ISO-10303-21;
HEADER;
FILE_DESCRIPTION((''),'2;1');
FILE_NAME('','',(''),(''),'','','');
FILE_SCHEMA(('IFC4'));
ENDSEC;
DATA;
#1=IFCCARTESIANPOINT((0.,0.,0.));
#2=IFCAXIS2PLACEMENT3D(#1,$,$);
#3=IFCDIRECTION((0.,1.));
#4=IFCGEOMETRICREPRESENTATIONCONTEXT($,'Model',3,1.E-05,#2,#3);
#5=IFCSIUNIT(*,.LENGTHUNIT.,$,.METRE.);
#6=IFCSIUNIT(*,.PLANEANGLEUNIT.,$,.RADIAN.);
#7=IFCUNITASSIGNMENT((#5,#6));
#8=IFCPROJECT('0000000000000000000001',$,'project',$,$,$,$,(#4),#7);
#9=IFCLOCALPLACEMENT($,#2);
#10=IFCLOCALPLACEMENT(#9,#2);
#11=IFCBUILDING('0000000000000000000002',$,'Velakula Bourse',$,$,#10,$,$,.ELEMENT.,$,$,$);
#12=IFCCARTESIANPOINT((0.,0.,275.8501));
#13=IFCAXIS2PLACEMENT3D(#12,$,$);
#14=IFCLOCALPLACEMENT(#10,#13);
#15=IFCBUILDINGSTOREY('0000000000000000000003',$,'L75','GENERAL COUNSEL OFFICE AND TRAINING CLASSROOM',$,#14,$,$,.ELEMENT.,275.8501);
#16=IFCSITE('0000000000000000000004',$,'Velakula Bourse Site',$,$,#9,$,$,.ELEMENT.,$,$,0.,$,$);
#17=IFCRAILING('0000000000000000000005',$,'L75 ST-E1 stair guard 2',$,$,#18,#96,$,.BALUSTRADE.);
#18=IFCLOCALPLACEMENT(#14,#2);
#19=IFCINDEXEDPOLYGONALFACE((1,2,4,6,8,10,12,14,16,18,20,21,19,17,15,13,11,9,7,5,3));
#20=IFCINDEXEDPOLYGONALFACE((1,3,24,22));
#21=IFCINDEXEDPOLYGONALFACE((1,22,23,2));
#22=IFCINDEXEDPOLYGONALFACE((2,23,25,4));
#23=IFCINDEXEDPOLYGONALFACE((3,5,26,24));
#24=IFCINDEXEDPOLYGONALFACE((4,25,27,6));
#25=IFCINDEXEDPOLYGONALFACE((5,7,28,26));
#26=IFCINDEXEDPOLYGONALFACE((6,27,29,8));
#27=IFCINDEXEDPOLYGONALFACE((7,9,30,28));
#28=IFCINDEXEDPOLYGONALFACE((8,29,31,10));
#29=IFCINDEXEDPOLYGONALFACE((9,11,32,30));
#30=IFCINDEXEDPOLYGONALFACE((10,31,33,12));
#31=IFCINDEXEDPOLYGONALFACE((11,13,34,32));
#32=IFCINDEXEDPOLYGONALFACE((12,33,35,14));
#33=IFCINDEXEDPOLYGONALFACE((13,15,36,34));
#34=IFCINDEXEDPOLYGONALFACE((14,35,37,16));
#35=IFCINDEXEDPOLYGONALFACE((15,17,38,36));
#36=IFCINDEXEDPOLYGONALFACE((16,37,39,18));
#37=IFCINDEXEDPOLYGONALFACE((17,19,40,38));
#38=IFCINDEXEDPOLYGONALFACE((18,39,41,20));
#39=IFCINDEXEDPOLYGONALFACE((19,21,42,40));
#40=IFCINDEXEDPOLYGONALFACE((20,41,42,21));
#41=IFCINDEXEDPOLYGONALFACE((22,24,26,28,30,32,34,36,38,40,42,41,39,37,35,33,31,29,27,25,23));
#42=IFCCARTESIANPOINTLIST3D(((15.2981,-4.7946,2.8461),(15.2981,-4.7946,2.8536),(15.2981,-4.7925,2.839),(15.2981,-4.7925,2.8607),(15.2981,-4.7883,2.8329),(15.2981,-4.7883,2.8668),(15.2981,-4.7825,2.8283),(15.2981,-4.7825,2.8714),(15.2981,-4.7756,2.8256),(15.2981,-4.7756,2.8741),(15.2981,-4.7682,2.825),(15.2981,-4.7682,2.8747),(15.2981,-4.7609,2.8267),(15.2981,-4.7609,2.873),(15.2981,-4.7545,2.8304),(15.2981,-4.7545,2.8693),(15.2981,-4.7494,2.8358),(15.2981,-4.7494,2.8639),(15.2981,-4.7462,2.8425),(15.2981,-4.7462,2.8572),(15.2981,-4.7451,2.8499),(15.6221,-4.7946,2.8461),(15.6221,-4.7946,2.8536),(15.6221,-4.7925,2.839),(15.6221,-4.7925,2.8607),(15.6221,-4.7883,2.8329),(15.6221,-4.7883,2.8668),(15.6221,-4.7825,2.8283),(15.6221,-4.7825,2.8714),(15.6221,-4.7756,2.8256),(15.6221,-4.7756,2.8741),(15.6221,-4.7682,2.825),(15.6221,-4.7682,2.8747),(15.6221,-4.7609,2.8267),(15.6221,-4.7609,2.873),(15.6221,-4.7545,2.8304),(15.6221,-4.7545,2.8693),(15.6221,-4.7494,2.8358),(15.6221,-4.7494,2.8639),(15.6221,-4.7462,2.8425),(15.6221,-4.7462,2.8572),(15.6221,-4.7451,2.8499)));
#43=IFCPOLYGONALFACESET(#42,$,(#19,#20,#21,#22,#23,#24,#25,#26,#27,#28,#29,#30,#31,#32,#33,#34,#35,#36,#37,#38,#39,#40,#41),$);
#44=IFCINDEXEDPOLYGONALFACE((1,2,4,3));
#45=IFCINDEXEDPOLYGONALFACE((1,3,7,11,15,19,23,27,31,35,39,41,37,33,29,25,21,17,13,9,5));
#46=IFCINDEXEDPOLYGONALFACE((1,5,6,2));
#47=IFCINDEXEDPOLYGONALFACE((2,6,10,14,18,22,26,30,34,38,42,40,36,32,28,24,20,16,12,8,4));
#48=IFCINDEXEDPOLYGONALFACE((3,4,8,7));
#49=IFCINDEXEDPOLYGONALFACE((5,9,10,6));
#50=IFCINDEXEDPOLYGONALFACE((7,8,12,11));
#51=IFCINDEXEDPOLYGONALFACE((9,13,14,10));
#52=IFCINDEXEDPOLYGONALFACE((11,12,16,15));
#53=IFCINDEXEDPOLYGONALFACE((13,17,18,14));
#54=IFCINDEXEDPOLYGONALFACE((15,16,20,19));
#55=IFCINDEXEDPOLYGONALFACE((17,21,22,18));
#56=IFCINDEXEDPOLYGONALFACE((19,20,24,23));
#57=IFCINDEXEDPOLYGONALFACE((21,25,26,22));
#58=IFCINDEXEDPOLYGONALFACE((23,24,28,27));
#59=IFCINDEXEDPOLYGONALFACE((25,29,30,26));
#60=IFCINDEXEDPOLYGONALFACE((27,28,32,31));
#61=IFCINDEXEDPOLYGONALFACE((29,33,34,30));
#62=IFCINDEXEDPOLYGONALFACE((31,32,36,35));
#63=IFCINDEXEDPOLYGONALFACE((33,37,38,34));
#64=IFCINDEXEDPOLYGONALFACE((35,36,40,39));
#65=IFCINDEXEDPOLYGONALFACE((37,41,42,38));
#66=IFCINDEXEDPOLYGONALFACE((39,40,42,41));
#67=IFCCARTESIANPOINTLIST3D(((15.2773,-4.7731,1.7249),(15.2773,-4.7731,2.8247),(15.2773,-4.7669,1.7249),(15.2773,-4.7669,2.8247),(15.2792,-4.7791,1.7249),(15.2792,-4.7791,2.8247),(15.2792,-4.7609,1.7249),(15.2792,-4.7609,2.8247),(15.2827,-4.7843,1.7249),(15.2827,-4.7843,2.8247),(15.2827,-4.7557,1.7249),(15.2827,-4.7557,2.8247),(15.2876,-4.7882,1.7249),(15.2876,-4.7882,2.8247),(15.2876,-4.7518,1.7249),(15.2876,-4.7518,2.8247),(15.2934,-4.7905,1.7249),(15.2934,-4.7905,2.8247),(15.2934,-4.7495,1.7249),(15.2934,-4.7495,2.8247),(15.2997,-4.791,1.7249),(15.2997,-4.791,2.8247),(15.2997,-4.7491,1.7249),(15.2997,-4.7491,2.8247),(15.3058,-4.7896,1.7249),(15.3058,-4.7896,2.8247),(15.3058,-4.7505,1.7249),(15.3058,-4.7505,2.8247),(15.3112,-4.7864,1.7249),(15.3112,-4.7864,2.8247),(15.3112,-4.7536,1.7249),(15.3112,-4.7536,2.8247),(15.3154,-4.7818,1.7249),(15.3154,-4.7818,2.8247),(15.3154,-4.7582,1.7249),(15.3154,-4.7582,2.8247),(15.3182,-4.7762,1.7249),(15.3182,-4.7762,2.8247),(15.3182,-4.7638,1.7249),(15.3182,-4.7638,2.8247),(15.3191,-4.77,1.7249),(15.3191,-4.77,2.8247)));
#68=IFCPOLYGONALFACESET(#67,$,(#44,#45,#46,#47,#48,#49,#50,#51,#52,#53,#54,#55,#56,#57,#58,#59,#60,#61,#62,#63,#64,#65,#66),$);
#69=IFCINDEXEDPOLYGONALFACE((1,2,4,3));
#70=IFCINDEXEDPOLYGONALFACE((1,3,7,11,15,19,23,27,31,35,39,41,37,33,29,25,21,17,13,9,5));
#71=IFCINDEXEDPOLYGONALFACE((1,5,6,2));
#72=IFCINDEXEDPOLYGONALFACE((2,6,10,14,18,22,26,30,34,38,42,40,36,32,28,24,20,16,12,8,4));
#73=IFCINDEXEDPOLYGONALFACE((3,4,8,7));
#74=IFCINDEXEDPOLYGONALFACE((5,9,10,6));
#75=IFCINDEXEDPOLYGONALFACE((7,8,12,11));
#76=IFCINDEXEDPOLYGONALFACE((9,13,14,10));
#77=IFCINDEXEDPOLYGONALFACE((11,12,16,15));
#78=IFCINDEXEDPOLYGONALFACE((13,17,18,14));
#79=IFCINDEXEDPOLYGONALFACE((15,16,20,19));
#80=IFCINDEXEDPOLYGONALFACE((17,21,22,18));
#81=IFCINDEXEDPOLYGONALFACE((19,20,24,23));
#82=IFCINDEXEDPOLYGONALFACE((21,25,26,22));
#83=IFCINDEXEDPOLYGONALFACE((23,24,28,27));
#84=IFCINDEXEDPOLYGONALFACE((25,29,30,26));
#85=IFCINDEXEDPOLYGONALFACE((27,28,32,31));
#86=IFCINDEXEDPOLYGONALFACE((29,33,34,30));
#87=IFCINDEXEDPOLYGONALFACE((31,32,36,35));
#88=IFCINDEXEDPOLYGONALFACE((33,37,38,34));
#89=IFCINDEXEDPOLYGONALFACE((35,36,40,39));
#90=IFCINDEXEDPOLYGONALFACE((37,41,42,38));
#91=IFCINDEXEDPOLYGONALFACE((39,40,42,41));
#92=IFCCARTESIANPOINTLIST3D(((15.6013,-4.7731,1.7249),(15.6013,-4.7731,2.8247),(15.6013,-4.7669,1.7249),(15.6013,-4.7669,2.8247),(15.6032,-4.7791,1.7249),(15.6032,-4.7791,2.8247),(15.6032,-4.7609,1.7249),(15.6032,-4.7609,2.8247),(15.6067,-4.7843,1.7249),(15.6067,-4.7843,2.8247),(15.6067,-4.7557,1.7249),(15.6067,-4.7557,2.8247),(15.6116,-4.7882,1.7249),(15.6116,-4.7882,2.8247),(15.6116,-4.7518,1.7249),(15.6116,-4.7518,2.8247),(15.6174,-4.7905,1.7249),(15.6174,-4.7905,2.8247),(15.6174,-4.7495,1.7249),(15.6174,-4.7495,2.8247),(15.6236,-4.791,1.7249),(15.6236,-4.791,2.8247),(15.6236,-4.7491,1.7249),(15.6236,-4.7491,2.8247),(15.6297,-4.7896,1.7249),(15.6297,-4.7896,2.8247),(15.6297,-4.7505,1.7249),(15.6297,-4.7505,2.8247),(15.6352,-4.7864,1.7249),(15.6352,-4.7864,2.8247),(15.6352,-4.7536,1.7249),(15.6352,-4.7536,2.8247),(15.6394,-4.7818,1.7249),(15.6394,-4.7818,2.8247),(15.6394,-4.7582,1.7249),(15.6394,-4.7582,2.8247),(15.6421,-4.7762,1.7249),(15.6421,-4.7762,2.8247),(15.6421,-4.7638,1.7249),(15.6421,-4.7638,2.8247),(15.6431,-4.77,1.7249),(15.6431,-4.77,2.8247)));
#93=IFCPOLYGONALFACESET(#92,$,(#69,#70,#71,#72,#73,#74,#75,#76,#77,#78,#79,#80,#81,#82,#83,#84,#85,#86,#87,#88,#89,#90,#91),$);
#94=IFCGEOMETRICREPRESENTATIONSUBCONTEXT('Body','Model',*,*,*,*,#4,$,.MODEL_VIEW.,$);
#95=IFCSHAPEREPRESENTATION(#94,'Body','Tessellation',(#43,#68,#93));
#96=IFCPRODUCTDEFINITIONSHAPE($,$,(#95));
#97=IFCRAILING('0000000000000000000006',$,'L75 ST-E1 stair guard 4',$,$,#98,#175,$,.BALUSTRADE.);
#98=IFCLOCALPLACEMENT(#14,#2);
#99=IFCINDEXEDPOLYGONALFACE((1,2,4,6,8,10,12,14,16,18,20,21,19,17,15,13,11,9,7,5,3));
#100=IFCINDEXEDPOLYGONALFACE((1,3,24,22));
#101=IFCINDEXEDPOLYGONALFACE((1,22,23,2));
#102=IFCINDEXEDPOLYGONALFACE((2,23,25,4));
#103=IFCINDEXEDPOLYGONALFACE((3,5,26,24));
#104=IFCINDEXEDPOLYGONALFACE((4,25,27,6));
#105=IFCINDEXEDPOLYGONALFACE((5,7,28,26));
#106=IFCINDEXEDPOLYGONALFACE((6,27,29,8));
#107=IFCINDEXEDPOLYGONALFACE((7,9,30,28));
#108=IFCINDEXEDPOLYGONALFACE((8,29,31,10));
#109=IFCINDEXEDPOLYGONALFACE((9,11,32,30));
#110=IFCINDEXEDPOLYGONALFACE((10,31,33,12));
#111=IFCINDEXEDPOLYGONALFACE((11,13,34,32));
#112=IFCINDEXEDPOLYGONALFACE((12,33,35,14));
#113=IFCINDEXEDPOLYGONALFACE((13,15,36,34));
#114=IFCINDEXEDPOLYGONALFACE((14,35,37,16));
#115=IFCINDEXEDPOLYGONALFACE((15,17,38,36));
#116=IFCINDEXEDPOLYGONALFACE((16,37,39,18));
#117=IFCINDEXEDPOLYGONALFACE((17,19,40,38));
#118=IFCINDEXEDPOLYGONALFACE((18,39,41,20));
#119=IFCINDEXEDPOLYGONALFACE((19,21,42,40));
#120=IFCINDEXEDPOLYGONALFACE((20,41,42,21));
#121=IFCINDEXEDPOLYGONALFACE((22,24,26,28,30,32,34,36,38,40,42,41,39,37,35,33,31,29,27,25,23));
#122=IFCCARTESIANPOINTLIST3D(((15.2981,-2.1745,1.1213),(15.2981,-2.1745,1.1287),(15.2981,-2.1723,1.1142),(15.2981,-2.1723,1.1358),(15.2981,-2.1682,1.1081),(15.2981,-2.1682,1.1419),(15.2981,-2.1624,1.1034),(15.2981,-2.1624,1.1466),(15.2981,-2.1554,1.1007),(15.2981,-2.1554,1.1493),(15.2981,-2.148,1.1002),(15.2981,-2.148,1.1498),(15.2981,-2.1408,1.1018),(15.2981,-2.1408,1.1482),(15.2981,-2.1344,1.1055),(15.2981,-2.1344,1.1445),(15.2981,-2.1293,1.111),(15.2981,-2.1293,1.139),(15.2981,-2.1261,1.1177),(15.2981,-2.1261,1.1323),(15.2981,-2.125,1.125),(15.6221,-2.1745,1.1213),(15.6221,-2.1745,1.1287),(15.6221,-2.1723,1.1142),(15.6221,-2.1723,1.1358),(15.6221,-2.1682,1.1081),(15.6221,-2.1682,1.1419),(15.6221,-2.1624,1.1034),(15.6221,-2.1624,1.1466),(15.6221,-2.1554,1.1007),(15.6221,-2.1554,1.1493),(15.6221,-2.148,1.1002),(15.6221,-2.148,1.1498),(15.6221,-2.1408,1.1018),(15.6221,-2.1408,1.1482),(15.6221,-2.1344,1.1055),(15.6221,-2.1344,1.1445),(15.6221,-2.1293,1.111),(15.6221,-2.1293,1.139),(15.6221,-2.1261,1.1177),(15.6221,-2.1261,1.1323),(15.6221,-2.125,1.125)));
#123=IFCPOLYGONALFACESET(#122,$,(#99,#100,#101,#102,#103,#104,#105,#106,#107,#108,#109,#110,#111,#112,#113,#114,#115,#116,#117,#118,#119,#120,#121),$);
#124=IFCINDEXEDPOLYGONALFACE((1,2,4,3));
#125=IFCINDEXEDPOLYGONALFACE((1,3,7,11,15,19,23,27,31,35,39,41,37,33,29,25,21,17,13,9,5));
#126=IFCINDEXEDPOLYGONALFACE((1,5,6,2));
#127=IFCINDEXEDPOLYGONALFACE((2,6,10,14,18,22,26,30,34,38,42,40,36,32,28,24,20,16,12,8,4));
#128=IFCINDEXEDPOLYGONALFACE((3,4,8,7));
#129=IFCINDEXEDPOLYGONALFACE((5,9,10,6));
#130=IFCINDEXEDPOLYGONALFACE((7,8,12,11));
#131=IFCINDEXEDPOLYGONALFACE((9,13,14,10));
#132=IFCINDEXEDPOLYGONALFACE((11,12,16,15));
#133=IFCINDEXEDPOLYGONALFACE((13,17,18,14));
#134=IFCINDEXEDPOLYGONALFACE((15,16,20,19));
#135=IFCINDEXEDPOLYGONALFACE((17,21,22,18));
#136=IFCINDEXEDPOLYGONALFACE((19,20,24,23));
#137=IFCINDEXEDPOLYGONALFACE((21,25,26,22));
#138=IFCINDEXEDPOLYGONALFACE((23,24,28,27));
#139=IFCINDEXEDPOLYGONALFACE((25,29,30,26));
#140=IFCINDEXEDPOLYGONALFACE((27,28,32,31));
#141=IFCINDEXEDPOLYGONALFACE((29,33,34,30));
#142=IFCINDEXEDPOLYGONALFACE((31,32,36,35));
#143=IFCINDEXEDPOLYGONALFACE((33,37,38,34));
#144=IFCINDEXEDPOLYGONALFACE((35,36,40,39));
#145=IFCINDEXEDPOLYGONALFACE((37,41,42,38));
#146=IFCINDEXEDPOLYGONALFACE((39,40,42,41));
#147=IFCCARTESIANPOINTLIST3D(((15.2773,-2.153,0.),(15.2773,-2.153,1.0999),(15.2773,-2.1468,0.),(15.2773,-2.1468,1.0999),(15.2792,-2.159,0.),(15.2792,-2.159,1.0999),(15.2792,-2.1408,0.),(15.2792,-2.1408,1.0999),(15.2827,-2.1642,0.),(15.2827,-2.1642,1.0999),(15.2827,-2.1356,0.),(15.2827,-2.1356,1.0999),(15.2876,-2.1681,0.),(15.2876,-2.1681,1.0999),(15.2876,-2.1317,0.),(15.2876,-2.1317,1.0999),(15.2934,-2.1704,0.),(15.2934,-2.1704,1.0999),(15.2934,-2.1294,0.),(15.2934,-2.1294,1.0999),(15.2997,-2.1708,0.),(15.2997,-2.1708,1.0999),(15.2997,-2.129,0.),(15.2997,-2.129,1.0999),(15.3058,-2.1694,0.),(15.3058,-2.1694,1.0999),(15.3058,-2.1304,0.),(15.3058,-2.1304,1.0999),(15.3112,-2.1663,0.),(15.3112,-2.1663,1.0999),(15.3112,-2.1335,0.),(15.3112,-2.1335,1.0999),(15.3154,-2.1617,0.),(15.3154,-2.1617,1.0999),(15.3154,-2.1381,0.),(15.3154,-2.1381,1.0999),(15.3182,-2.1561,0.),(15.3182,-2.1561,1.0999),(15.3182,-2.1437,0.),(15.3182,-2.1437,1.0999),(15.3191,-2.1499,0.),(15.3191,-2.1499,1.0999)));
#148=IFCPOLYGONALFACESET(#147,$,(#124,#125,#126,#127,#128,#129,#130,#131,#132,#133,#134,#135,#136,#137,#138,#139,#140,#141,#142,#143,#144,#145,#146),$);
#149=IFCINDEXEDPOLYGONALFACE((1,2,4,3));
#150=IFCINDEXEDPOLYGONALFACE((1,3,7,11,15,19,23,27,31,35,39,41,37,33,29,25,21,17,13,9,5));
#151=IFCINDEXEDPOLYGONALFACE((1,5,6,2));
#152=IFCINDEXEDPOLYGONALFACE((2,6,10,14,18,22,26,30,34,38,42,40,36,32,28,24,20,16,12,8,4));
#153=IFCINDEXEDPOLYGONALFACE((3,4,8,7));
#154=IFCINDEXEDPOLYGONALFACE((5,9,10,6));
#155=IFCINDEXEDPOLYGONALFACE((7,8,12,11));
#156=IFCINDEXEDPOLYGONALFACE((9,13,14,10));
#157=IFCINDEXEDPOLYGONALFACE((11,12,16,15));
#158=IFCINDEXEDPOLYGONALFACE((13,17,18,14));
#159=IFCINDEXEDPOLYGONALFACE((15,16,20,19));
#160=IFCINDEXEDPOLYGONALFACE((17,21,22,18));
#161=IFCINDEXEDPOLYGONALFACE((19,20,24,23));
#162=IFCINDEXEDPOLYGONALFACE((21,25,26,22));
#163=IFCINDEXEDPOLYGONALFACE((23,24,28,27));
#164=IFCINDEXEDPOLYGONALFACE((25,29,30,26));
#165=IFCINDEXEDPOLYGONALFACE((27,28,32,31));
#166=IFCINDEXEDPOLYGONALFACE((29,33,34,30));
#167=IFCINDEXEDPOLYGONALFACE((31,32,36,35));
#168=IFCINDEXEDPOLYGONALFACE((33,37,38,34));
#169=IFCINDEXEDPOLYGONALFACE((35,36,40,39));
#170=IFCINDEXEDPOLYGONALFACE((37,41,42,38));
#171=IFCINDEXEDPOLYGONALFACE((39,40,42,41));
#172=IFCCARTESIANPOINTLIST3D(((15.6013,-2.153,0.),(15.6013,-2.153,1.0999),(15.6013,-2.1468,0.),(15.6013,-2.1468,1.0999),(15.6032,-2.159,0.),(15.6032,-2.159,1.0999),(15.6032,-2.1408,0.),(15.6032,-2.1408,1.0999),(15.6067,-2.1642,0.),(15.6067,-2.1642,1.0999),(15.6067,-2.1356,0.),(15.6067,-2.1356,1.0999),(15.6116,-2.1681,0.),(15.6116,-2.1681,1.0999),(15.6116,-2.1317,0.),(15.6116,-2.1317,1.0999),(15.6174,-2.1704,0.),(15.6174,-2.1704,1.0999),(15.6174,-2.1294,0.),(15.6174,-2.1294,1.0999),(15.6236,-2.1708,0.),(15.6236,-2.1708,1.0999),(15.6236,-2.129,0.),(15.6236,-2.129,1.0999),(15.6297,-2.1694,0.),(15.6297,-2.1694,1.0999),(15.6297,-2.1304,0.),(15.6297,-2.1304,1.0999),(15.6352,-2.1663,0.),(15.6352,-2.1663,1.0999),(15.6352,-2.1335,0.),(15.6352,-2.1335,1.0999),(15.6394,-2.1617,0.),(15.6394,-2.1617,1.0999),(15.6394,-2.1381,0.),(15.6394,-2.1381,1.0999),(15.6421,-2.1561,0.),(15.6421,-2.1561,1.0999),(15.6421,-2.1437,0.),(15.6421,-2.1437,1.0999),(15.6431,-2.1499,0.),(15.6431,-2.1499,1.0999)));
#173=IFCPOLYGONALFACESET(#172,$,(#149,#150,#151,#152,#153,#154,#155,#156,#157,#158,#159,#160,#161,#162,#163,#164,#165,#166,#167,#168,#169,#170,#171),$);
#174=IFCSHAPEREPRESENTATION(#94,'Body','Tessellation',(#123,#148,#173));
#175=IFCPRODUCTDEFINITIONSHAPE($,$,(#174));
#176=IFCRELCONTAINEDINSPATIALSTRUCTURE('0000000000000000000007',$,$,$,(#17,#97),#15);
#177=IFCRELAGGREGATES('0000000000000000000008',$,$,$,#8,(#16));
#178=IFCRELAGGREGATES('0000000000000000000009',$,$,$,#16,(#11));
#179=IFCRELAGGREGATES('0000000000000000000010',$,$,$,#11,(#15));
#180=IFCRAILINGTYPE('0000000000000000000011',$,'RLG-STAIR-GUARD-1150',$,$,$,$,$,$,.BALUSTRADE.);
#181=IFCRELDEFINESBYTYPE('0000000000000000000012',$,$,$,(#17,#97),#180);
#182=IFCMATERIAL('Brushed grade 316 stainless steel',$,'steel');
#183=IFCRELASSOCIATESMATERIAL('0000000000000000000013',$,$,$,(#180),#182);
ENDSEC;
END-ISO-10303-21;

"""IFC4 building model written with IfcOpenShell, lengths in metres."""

from ifc_helpers import new_model, si_unit, direction, frame, origin, origin_2d, place, context, subcontext, project, spatial, circle, extrude, material, type_object, element, save


model = new_model("IFC4")

# Units and contexts
model_context = context("Model", 3, precision=1e-05, world=origin(), true_north=direction((0.0, 1.0)))
body_context = subcontext(model_context, "Body", "Model", "MODEL_VIEW")
ifc_project = project(units=[si_unit("LENGTHUNIT", "METRE"), si_unit("PLANEANGLEUNIT", "RADIAN")], contexts=[model_context])

# Site, building, storey
site_placement = place(None, origin())
site = spatial("IfcSite", under=ifc_project, at=site_placement, Name="Velakula Bourse Site", CompositionType="ELEMENT", RefElevation=0.0)
building_placement = place(site_placement, origin())
building = spatial("IfcBuilding", under=site, at=building_placement, Name="Velakula Bourse", CompositionType="ELEMENT")
storey_placement = place(building_placement, frame((0.0, 0.0, 275.8501)))
storey = spatial("IfcBuildingStorey", under=building, at=storey_placement, Name="L75", Description="GENERAL COUNSEL OFFICE AND TRAINING CLASSROOM", CompositionType="ELEMENT", Elevation=275.8501)

# Shared definitions
ifc_material_1 = material(Name="Brushed grade 316 stainless steel", Category="steel")

# Railings
railing_type_1 = type_object("IfcRailingType", Name="RLG-STAIR-GUARD-1150", PredefinedType="BALUSTRADE", material=ifc_material_1)
for number, where, name in (
    (1, (15.2981, -4.77, 1.7249), "L75 ST-E1 stair guard 2"),
    (2, (15.2981, -2.1499, 0.0), "L75 ST-E1 stair guard 4"),
):
    element("IfcRailing", number, at=place(storey_placement, frame(where)), inside=storey, type_object=railing_type_1, Name=name, PredefinedType="BALUSTRADE", context=body_context, shape_type="SweptSolid", body=[
        extrude(circle(Radius=0.0249, at=origin_2d()), frame((0.0, 0.0, 1.125), z_axis=(1.0, 0.0, 0.0), x_axis=(0.0, 1.0, 0.0)), (0.0, 0.0, 1.0), 0.324),
        extrude(circle(Radius=0.021, at=origin_2d()), origin(), (0.0, 0.0, 1.0), 1.0999),
        extrude(circle(Radius=0.021, at=origin_2d()), frame((0.324, 0.0, 0.0)), (0.0, 0.0, 1.0), 1.0999),
    ])

save(model, "model.ifc")
